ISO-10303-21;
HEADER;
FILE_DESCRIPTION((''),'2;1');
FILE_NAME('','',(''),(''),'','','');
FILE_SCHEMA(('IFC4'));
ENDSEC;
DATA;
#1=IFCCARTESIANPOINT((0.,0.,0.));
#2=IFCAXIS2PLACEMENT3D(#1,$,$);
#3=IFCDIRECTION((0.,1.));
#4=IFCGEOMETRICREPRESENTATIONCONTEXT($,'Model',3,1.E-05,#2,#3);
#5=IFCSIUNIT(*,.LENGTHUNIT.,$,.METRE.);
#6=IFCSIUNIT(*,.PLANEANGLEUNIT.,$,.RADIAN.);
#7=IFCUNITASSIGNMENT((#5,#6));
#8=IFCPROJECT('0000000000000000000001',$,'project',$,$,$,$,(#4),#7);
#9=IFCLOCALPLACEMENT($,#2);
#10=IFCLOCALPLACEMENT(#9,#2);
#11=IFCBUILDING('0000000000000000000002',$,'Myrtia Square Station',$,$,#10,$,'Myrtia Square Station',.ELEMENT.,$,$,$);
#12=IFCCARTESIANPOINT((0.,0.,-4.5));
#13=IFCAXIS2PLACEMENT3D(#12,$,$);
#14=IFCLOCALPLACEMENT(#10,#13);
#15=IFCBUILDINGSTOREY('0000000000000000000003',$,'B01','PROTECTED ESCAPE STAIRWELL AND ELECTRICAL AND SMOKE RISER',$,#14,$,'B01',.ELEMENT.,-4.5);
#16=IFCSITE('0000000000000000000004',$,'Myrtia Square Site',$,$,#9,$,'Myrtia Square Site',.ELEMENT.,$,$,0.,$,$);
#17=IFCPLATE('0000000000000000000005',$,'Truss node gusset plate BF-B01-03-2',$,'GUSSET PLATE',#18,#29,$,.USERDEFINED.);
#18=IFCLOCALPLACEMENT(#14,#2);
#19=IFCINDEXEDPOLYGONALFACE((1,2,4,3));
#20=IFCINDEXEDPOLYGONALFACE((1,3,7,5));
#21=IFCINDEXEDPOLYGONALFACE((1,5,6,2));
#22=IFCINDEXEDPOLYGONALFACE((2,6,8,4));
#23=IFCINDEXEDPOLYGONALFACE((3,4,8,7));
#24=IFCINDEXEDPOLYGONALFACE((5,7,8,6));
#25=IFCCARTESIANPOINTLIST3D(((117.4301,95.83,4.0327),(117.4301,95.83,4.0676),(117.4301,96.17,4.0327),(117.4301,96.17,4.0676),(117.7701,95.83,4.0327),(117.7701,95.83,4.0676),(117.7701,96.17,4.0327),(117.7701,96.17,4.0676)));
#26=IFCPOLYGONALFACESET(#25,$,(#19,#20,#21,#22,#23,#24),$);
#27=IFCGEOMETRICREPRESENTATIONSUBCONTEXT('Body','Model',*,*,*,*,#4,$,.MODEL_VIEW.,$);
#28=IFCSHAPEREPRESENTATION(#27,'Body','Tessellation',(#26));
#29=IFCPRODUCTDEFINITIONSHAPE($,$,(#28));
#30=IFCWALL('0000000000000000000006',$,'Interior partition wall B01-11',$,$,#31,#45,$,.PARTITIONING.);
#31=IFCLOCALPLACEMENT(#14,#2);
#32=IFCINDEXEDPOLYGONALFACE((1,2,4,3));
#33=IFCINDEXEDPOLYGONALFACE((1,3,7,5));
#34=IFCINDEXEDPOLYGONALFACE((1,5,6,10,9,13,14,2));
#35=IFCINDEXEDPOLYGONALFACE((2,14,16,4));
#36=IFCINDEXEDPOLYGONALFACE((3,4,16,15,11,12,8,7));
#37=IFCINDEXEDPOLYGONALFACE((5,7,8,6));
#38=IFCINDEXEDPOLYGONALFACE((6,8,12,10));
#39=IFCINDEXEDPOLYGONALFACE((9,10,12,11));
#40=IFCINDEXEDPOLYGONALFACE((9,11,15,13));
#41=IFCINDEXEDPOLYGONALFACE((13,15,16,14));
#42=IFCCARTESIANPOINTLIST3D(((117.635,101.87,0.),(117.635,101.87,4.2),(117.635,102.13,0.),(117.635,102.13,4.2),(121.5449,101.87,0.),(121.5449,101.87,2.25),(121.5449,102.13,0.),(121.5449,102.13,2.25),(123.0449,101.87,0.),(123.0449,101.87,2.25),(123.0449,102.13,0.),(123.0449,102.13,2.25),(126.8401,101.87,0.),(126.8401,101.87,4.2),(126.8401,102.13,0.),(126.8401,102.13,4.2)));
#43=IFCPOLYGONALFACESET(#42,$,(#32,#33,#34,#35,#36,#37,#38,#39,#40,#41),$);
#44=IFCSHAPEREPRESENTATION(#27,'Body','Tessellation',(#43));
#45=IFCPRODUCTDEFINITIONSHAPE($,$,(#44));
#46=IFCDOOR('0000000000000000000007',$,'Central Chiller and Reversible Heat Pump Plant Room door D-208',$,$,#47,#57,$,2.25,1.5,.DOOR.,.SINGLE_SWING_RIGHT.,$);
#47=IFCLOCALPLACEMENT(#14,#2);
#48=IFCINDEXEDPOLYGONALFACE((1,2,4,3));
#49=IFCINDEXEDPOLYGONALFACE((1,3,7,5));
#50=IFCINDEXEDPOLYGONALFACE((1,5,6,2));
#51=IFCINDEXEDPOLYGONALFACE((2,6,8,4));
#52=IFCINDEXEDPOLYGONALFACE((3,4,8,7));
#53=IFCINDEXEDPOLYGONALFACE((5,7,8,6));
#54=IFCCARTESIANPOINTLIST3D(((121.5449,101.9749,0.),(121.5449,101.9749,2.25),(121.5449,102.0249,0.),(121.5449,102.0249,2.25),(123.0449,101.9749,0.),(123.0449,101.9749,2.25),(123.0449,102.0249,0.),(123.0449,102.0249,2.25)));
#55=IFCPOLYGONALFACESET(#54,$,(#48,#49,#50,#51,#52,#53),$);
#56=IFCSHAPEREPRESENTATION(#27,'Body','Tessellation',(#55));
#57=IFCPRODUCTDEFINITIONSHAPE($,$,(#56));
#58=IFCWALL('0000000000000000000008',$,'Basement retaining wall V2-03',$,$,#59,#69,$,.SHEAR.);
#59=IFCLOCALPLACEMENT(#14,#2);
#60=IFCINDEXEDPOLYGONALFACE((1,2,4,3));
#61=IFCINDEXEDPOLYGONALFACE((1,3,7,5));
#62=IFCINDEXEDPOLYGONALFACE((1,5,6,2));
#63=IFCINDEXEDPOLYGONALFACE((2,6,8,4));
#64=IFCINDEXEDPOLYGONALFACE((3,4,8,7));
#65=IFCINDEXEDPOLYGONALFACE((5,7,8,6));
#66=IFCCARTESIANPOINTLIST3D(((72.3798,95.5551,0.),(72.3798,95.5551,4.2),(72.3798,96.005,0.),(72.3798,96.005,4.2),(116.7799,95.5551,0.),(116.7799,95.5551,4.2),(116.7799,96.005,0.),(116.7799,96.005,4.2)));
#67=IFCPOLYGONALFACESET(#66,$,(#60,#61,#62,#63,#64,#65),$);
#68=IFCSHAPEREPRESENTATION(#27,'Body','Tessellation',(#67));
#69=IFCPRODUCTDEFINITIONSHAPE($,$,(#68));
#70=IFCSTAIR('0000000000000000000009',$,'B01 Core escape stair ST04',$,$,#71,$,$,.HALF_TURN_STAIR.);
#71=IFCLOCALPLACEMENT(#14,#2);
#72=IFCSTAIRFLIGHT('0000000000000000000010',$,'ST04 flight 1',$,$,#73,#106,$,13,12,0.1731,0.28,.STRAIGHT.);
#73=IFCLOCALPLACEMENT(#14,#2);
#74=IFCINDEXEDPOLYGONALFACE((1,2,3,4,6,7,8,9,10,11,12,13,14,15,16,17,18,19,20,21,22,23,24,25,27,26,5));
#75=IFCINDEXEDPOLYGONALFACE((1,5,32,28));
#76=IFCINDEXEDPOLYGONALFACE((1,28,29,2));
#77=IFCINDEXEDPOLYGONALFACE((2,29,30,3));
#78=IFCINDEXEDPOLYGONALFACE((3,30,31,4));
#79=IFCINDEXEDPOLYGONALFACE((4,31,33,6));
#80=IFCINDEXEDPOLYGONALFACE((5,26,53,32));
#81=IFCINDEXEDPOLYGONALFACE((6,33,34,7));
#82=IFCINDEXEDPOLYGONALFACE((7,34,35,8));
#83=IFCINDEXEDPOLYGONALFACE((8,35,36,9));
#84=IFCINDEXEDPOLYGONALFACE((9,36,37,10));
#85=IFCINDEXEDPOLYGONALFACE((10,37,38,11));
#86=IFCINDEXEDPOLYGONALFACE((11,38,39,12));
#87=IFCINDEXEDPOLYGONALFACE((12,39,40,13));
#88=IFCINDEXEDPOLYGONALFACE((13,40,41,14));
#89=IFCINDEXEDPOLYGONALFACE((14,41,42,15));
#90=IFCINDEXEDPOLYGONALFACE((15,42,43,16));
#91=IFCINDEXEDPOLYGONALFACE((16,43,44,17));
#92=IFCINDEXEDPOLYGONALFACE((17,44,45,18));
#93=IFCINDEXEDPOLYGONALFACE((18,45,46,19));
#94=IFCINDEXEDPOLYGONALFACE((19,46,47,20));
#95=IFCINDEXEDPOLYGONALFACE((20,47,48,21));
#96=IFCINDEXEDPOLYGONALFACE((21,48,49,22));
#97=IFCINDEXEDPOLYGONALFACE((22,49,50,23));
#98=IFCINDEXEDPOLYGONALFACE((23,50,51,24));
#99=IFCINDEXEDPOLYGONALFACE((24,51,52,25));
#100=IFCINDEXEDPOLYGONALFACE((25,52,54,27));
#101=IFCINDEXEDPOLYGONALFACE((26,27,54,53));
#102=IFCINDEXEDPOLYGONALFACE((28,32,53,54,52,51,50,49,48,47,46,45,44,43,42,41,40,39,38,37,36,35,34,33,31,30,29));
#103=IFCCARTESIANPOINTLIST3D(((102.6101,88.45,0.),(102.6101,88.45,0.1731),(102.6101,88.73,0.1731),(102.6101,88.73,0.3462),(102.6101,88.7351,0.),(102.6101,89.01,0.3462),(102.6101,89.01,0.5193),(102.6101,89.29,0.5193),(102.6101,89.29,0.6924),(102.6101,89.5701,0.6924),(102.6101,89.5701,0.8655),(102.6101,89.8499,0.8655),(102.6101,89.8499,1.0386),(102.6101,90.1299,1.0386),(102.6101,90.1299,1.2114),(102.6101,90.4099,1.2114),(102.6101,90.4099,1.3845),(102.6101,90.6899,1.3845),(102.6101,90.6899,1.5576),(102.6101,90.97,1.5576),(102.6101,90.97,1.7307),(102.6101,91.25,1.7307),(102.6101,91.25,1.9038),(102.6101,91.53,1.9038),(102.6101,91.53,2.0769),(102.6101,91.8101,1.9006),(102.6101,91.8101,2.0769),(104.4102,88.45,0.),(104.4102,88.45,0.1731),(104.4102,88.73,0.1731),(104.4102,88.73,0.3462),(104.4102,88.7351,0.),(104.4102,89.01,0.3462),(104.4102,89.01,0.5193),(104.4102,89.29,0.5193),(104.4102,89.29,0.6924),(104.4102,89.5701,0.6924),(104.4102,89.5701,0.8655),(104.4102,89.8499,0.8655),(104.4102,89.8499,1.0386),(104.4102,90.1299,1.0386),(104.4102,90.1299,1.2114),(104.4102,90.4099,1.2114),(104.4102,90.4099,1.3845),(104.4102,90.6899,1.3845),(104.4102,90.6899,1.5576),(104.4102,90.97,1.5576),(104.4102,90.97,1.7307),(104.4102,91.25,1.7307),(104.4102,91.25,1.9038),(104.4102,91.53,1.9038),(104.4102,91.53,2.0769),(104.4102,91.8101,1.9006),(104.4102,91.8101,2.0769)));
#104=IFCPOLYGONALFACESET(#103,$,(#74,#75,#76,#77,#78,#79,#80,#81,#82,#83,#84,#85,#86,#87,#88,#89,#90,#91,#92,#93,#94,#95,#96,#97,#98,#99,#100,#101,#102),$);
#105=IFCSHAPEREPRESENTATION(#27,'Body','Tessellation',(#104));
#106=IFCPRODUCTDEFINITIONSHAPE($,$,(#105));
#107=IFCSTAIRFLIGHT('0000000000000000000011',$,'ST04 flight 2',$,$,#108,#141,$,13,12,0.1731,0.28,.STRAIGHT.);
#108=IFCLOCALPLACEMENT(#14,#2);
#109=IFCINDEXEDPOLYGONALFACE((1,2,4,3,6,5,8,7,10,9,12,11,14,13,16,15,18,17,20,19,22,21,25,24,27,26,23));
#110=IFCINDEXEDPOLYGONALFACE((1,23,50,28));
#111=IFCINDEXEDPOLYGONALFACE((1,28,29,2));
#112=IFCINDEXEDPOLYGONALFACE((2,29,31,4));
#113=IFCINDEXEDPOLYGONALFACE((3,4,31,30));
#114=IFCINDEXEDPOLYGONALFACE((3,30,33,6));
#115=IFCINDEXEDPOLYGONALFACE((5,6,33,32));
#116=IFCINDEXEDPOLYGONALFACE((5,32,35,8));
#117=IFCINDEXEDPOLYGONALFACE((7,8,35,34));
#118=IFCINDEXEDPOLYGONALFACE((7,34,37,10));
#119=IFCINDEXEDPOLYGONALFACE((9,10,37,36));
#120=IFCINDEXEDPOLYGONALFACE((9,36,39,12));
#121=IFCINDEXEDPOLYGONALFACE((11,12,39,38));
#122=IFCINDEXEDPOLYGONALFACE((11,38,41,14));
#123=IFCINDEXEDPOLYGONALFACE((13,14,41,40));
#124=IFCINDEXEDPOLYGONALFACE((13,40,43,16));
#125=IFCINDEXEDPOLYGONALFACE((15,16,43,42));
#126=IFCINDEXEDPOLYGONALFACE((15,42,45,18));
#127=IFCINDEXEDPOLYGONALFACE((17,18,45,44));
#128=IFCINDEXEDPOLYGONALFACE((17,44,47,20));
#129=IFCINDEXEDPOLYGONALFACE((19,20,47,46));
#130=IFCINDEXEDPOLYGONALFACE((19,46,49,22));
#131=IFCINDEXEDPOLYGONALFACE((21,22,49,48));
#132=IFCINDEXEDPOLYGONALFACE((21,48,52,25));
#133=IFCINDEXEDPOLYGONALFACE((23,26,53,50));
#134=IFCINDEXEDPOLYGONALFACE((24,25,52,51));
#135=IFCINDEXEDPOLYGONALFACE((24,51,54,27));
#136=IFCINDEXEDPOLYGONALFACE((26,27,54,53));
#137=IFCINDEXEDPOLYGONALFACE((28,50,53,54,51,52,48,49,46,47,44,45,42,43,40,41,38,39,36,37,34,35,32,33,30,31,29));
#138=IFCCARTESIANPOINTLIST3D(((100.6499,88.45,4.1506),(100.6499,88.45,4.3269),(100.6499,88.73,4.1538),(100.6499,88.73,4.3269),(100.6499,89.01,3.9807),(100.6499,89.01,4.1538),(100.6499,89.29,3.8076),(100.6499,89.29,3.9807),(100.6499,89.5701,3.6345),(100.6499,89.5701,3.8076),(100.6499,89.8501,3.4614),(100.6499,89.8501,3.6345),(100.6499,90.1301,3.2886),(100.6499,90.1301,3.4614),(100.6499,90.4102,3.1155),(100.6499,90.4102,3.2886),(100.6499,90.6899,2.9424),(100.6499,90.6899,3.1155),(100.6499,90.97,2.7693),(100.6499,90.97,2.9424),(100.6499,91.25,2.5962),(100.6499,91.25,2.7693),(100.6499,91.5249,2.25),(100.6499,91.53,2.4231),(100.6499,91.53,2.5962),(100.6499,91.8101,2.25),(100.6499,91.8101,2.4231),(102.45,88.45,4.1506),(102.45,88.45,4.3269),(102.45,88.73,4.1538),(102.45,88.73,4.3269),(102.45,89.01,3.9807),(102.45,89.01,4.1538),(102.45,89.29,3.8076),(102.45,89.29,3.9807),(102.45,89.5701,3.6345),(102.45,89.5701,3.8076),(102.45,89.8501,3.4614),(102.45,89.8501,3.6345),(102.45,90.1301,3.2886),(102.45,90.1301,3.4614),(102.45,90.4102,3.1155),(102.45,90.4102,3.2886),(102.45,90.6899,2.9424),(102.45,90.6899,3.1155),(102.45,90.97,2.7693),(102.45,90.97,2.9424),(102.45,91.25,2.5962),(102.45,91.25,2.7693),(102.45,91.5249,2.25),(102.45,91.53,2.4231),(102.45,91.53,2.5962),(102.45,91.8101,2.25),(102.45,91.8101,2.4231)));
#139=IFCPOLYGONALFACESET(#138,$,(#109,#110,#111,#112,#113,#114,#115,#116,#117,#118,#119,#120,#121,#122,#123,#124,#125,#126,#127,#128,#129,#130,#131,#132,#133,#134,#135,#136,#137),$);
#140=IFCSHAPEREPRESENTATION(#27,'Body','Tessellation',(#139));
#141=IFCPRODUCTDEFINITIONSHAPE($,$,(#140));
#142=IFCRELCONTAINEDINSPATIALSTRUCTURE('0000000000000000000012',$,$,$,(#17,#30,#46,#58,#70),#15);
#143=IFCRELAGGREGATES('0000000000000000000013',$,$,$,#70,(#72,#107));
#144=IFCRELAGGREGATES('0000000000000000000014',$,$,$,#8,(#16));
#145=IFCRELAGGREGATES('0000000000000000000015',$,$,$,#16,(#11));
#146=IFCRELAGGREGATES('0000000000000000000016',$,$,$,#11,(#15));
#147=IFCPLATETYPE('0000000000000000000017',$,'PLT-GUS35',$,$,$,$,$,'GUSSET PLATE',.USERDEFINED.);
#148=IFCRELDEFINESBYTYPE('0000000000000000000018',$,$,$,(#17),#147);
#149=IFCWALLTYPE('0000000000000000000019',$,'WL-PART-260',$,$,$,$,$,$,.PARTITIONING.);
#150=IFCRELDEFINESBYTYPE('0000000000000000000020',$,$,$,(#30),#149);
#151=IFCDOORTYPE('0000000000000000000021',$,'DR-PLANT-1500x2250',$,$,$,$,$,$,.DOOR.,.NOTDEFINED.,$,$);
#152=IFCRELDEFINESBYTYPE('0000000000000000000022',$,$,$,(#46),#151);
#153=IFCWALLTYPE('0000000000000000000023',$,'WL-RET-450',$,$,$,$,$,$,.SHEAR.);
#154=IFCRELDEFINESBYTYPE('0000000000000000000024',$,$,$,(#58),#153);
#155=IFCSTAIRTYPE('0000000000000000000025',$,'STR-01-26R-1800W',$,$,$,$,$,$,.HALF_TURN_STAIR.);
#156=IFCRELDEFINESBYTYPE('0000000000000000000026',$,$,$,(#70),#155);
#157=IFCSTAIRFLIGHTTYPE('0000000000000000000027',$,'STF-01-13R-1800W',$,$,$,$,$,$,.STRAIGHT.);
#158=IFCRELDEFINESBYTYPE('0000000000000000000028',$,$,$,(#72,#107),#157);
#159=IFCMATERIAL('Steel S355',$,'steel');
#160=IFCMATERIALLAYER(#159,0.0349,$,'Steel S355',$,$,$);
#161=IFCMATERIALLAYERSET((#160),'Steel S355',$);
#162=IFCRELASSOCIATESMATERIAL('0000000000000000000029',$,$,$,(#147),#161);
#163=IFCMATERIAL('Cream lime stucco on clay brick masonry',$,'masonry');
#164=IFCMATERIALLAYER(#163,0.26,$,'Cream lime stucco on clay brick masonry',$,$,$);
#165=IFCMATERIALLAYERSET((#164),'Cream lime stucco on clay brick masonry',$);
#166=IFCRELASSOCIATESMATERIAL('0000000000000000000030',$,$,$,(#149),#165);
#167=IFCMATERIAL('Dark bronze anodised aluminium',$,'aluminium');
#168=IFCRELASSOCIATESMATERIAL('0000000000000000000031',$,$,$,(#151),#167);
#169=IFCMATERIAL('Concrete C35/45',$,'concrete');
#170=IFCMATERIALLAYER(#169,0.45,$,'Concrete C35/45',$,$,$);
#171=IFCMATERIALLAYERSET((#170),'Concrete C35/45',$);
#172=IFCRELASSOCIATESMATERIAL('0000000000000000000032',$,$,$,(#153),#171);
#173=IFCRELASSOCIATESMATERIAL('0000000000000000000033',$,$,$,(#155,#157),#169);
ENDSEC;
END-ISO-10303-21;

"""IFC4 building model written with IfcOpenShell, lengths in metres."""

from ifc_helpers import new_model, si_unit, direction, frame, frame_2d, origin, origin_2d, place, context, subcontext, project, spatial, polyline, rectangle, outline, extrude, material, layer, layer_set, type_object, element, fill, aggregate, save


model = new_model("IFC4")

# Units and contexts
model_context = context("Model", 3, precision=1e-05, world=origin(), true_north=direction((0.0, 1.0)))
body_context = subcontext(model_context, "Body", "Model", "MODEL_VIEW")
ifc_project = project(units=[si_unit("LENGTHUNIT", "METRE"), si_unit("PLANEANGLEUNIT", "RADIAN")], contexts=[model_context])

# Site, building, storey
site_placement = place(None, origin())
site = spatial("IfcSite", under=ifc_project, at=site_placement, Name="Myrtia Square Site", LongName="Myrtia Square Site", CompositionType="ELEMENT", RefElevation=0.0)
building_placement = place(site_placement, origin())
building = spatial("IfcBuilding", under=site, at=building_placement, Name="Myrtia Square Station", LongName="Myrtia Square Station", CompositionType="ELEMENT")
storey_placement = place(building_placement, frame((0.0, 0.0, -4.5)))
storey = spatial("IfcBuildingStorey", under=building, at=storey_placement, Name="B01", Description="PROTECTED ESCAPE STAIRWELL AND ELECTRICAL AND SMOKE RISER", LongName="B01", CompositionType="ELEMENT", Elevation=-4.5)

# Shared definitions
ifc_material_1 = material(Name="Concrete C35/45", Category="concrete")

# Shared definitions
ifc_material_2 = material(Name="Steel S355", Category="steel")

# Plate
ifc_layer_1 = layer(ifc_material_2, 0.0349, Name="Steel S355")
ifc_layer_set_1 = layer_set([ifc_layer_1], Name="Steel S355")
plate_type_1 = type_object("IfcPlateType", Name="PLT-GUS35", ElementType="GUSSET PLATE", PredefinedType="USERDEFINED", material=ifc_layer_set_1)
plate_placement = place(storey_placement, frame((117.6001, 96.0, 4.0327), z_axis=(0.0, 0.0, 1.0), x_axis=(0.0, 1.0, 0.0)))
element("IfcPlate", 1, at=plate_placement, inside=storey, type_object=plate_type_1, Name="Truss node gusset plate BF-B01-03-2", ObjectType="GUSSET PLATE", PredefinedType="USERDEFINED", context=body_context, shape_type="SweptSolid", body=[
    extrude(rectangle(XDim=0.3401, YDim=0.3401, at=origin_2d()), origin(), (0.0, 0.0, 1.0), 0.0349),
])

# Wall, opening, door
ifc_material_3 = material(Name="Cream lime stucco on clay brick masonry", Category="masonry")
ifc_layer_2 = layer(ifc_material_3, 0.26, Name="Cream lime stucco on clay brick masonry")
ifc_layer_set_2 = layer_set([ifc_layer_2], Name="Cream lime stucco on clay brick masonry")
wall_type_1 = type_object("IfcWallType", Name="WL-PART-260", PredefinedType="PARTITIONING", material=ifc_layer_set_2)
wall_1_placement = place(storey_placement, frame((117.635, 102.0, 0.0), z_axis=(0.0, 0.0, 1.0), x_axis=(1.0, 0.0, 0.0)))
wall_1 = element("IfcWall", 2, at=wall_1_placement, inside=storey, type_object=wall_type_1, Name="Interior partition wall B01-11", PredefinedType="PARTITIONING", context=body_context, shape_type="SweptSolid", body=[
    extrude(rectangle(XDim=9.2051, YDim=0.26, at=frame_2d((4.6025, 0.0))), origin(), (0.0, 0.0, 1.0), 4.2),
])
opening_placement = place(wall_1_placement, frame((3.9099, 0.0, 0.0)))
opening = element("IfcOpeningElement", 3, at=opening_placement, cuts=wall_1, PredefinedType="OPENING", context=body_context, shape_type="SweptSolid", body=[
    extrude(rectangle(XDim=1.5, YDim=2.25, at=frame_2d((0.75, 1.125))), frame((0.0, 0.145, 0.0), z_axis=(0.0, -1.0, 0.0), x_axis=(1.0, 0.0, 0.0)), (0.0, 0.0, 1.0), 0.29),
])
ifc_material_4 = material(Name="Dark bronze anodised aluminium", Category="aluminium")
door_type = type_object("IfcDoorType", Name="DR-PLANT-1500x2250", OperationType="NOTDEFINED", PredefinedType="DOOR", material=ifc_material_4)
door_placement = place(opening_placement, origin())
door = element("IfcDoor", 4, at=door_placement, inside=storey, type_object=door_type, Name="Central Chiller and Reversible Heat Pump Plant Room door D-208", OperationType="SINGLE_SWING_RIGHT", OverallHeight=2.25, OverallWidth=1.5, PredefinedType="DOOR", context=body_context, shape_type="SweptSolid", body=[
    extrude(rectangle(XDim=1.5, YDim=2.25, at=frame_2d((0.75, 1.125))), frame((0.0, 0.0249, 0.0), z_axis=(0.0, -1.0, 0.0), x_axis=(1.0, 0.0, 0.0)), (0.0, 0.0, 1.0), 0.05),
])
fill(opening, door)

# Wall
ifc_layer_3 = layer(ifc_material_1, 0.45, Name="Concrete C35/45")
ifc_layer_set_3 = layer_set([ifc_layer_3], Name="Concrete C35/45")
wall_type_2 = type_object("IfcWallType", Name="WL-RET-450", PredefinedType="SHEAR", material=ifc_layer_set_3)
wall_2_placement = place(storey_placement, frame((116.78, 95.78, 0.0), z_axis=(0.0, 0.0, 1.0), x_axis=(-1.0, 0.0, 0.0)))
element("IfcWall", 5, at=wall_2_placement, inside=storey, type_object=wall_type_2, Name="Basement retaining wall V2-03", PredefinedType="SHEAR", context=body_context, shape_type="SweptSolid", body=[
    extrude(rectangle(XDim=44.4001, YDim=0.45, at=frame_2d((22.2002, 0.0))), origin(), (0.0, 0.0, 1.0), 4.2),
])

# Stair, stair flights
stair_type = type_object("IfcStairType", Name="STR-01-26R-1800W", PredefinedType="HALF_TURN_STAIR", material=ifc_material_1)
stair_placement = place(storey_placement, origin())
stair = element("IfcStair", 6, at=stair_placement, inside=storey, type_object=stair_type, Name="B01 Core escape stair ST04", PredefinedType="HALF_TURN_STAIR")
stair_flight_type = type_object("IfcStairFlightType", Name="STF-01-13R-1800W", PredefinedType="STRAIGHT", material=ifc_material_1)
stair_flight_1_placement = place(storey_placement, frame((103.51, 88.45, 0.0), z_axis=(0.0, 0.0, 1.0), x_axis=(0.0, 1.0, 0.0)))
stair_flight_1 = element("IfcStairFlight", 7, at=stair_flight_1_placement, type_object=stair_flight_type, Name="ST04 flight 1", NumberOfRisers=13, NumberOfTreads=12, PredefinedType="STRAIGHT", RiserHeight=0.1731, TreadLength=0.28, context=body_context, shape_type="SweptSolid", body=[
    extrude(outline(polyline([(0.0, 0.0), (0.0, 0.1731), (0.28, 0.1731), (0.28, 0.3462), (0.5601, 0.3462), (0.5601, 0.5193), (0.8401, 0.5193), (0.8401, 0.6924), (1.1201, 0.6924), (1.1201, 0.8655), (1.3999, 0.8655), (1.3999, 1.0386), (1.6799, 1.0386), (1.6799, 1.2114), (1.96, 1.2114), (1.96, 1.3845), (2.24, 1.3845), (2.24, 1.5576), (2.52, 1.5576), (2.52, 1.7307), (2.8, 1.7307), (2.8, 1.9038), (3.0801, 1.9038), (3.0801, 2.0769), (3.3601, 2.0769), (3.3601, 2.25), (3.3601, 1.9006), (0.2852, 0.0), (0.0, 0.0)])), frame((0.0, 0.8999, 0.0), z_axis=(0.0, -1.0, 0.0), x_axis=(1.0, 0.0, 0.0)), (0.0, 0.0, 1.0), 1.8),
])
stair_flight_2_placement = place(storey_placement, frame((101.55, 91.8101, 2.25), z_axis=(0.0, 0.0, 1.0), x_axis=(0.0, -1.0, 0.0)))
stair_flight_2 = element("IfcStairFlight", 8, at=stair_flight_2_placement, type_object=stair_flight_type, Name="ST04 flight 2", NumberOfRisers=13, NumberOfTreads=12, PredefinedType="STRAIGHT", RiserHeight=0.1731, TreadLength=0.28, context=body_context, shape_type="SweptSolid", body=[
    extrude(outline(polyline([(0.0, 0.0), (0.0, 0.1731), (0.28, 0.1731), (0.28, 0.3462), (0.5601, 0.3462), (0.5601, 0.5193), (0.8401, 0.5193), (0.8401, 0.6924), (1.1201, 0.6924), (1.1201, 0.8655), (1.3999, 0.8655), (1.3999, 1.0386), (1.6799, 1.0386), (1.6799, 1.2114), (1.96, 1.2114), (1.96, 1.3845), (2.24, 1.3845), (2.24, 1.5576), (2.52, 1.5576), (2.52, 1.7307), (2.8, 1.7307), (2.8, 1.9038), (3.0801, 1.9038), (3.0801, 2.0769), (3.3601, 2.0769), (3.3601, 2.25), (3.3601, 1.9006), (0.2852, 0.0), (0.0, 0.0)])), frame((0.0, 0.8999, 0.0), z_axis=(0.0, -1.0, 0.0), x_axis=(1.0, 0.0, 0.0)), (0.0, 0.0, 1.0), 1.8),
])
aggregate(stair, [stair_flight_1, stair_flight_2])

save(model, "model.ifc")
